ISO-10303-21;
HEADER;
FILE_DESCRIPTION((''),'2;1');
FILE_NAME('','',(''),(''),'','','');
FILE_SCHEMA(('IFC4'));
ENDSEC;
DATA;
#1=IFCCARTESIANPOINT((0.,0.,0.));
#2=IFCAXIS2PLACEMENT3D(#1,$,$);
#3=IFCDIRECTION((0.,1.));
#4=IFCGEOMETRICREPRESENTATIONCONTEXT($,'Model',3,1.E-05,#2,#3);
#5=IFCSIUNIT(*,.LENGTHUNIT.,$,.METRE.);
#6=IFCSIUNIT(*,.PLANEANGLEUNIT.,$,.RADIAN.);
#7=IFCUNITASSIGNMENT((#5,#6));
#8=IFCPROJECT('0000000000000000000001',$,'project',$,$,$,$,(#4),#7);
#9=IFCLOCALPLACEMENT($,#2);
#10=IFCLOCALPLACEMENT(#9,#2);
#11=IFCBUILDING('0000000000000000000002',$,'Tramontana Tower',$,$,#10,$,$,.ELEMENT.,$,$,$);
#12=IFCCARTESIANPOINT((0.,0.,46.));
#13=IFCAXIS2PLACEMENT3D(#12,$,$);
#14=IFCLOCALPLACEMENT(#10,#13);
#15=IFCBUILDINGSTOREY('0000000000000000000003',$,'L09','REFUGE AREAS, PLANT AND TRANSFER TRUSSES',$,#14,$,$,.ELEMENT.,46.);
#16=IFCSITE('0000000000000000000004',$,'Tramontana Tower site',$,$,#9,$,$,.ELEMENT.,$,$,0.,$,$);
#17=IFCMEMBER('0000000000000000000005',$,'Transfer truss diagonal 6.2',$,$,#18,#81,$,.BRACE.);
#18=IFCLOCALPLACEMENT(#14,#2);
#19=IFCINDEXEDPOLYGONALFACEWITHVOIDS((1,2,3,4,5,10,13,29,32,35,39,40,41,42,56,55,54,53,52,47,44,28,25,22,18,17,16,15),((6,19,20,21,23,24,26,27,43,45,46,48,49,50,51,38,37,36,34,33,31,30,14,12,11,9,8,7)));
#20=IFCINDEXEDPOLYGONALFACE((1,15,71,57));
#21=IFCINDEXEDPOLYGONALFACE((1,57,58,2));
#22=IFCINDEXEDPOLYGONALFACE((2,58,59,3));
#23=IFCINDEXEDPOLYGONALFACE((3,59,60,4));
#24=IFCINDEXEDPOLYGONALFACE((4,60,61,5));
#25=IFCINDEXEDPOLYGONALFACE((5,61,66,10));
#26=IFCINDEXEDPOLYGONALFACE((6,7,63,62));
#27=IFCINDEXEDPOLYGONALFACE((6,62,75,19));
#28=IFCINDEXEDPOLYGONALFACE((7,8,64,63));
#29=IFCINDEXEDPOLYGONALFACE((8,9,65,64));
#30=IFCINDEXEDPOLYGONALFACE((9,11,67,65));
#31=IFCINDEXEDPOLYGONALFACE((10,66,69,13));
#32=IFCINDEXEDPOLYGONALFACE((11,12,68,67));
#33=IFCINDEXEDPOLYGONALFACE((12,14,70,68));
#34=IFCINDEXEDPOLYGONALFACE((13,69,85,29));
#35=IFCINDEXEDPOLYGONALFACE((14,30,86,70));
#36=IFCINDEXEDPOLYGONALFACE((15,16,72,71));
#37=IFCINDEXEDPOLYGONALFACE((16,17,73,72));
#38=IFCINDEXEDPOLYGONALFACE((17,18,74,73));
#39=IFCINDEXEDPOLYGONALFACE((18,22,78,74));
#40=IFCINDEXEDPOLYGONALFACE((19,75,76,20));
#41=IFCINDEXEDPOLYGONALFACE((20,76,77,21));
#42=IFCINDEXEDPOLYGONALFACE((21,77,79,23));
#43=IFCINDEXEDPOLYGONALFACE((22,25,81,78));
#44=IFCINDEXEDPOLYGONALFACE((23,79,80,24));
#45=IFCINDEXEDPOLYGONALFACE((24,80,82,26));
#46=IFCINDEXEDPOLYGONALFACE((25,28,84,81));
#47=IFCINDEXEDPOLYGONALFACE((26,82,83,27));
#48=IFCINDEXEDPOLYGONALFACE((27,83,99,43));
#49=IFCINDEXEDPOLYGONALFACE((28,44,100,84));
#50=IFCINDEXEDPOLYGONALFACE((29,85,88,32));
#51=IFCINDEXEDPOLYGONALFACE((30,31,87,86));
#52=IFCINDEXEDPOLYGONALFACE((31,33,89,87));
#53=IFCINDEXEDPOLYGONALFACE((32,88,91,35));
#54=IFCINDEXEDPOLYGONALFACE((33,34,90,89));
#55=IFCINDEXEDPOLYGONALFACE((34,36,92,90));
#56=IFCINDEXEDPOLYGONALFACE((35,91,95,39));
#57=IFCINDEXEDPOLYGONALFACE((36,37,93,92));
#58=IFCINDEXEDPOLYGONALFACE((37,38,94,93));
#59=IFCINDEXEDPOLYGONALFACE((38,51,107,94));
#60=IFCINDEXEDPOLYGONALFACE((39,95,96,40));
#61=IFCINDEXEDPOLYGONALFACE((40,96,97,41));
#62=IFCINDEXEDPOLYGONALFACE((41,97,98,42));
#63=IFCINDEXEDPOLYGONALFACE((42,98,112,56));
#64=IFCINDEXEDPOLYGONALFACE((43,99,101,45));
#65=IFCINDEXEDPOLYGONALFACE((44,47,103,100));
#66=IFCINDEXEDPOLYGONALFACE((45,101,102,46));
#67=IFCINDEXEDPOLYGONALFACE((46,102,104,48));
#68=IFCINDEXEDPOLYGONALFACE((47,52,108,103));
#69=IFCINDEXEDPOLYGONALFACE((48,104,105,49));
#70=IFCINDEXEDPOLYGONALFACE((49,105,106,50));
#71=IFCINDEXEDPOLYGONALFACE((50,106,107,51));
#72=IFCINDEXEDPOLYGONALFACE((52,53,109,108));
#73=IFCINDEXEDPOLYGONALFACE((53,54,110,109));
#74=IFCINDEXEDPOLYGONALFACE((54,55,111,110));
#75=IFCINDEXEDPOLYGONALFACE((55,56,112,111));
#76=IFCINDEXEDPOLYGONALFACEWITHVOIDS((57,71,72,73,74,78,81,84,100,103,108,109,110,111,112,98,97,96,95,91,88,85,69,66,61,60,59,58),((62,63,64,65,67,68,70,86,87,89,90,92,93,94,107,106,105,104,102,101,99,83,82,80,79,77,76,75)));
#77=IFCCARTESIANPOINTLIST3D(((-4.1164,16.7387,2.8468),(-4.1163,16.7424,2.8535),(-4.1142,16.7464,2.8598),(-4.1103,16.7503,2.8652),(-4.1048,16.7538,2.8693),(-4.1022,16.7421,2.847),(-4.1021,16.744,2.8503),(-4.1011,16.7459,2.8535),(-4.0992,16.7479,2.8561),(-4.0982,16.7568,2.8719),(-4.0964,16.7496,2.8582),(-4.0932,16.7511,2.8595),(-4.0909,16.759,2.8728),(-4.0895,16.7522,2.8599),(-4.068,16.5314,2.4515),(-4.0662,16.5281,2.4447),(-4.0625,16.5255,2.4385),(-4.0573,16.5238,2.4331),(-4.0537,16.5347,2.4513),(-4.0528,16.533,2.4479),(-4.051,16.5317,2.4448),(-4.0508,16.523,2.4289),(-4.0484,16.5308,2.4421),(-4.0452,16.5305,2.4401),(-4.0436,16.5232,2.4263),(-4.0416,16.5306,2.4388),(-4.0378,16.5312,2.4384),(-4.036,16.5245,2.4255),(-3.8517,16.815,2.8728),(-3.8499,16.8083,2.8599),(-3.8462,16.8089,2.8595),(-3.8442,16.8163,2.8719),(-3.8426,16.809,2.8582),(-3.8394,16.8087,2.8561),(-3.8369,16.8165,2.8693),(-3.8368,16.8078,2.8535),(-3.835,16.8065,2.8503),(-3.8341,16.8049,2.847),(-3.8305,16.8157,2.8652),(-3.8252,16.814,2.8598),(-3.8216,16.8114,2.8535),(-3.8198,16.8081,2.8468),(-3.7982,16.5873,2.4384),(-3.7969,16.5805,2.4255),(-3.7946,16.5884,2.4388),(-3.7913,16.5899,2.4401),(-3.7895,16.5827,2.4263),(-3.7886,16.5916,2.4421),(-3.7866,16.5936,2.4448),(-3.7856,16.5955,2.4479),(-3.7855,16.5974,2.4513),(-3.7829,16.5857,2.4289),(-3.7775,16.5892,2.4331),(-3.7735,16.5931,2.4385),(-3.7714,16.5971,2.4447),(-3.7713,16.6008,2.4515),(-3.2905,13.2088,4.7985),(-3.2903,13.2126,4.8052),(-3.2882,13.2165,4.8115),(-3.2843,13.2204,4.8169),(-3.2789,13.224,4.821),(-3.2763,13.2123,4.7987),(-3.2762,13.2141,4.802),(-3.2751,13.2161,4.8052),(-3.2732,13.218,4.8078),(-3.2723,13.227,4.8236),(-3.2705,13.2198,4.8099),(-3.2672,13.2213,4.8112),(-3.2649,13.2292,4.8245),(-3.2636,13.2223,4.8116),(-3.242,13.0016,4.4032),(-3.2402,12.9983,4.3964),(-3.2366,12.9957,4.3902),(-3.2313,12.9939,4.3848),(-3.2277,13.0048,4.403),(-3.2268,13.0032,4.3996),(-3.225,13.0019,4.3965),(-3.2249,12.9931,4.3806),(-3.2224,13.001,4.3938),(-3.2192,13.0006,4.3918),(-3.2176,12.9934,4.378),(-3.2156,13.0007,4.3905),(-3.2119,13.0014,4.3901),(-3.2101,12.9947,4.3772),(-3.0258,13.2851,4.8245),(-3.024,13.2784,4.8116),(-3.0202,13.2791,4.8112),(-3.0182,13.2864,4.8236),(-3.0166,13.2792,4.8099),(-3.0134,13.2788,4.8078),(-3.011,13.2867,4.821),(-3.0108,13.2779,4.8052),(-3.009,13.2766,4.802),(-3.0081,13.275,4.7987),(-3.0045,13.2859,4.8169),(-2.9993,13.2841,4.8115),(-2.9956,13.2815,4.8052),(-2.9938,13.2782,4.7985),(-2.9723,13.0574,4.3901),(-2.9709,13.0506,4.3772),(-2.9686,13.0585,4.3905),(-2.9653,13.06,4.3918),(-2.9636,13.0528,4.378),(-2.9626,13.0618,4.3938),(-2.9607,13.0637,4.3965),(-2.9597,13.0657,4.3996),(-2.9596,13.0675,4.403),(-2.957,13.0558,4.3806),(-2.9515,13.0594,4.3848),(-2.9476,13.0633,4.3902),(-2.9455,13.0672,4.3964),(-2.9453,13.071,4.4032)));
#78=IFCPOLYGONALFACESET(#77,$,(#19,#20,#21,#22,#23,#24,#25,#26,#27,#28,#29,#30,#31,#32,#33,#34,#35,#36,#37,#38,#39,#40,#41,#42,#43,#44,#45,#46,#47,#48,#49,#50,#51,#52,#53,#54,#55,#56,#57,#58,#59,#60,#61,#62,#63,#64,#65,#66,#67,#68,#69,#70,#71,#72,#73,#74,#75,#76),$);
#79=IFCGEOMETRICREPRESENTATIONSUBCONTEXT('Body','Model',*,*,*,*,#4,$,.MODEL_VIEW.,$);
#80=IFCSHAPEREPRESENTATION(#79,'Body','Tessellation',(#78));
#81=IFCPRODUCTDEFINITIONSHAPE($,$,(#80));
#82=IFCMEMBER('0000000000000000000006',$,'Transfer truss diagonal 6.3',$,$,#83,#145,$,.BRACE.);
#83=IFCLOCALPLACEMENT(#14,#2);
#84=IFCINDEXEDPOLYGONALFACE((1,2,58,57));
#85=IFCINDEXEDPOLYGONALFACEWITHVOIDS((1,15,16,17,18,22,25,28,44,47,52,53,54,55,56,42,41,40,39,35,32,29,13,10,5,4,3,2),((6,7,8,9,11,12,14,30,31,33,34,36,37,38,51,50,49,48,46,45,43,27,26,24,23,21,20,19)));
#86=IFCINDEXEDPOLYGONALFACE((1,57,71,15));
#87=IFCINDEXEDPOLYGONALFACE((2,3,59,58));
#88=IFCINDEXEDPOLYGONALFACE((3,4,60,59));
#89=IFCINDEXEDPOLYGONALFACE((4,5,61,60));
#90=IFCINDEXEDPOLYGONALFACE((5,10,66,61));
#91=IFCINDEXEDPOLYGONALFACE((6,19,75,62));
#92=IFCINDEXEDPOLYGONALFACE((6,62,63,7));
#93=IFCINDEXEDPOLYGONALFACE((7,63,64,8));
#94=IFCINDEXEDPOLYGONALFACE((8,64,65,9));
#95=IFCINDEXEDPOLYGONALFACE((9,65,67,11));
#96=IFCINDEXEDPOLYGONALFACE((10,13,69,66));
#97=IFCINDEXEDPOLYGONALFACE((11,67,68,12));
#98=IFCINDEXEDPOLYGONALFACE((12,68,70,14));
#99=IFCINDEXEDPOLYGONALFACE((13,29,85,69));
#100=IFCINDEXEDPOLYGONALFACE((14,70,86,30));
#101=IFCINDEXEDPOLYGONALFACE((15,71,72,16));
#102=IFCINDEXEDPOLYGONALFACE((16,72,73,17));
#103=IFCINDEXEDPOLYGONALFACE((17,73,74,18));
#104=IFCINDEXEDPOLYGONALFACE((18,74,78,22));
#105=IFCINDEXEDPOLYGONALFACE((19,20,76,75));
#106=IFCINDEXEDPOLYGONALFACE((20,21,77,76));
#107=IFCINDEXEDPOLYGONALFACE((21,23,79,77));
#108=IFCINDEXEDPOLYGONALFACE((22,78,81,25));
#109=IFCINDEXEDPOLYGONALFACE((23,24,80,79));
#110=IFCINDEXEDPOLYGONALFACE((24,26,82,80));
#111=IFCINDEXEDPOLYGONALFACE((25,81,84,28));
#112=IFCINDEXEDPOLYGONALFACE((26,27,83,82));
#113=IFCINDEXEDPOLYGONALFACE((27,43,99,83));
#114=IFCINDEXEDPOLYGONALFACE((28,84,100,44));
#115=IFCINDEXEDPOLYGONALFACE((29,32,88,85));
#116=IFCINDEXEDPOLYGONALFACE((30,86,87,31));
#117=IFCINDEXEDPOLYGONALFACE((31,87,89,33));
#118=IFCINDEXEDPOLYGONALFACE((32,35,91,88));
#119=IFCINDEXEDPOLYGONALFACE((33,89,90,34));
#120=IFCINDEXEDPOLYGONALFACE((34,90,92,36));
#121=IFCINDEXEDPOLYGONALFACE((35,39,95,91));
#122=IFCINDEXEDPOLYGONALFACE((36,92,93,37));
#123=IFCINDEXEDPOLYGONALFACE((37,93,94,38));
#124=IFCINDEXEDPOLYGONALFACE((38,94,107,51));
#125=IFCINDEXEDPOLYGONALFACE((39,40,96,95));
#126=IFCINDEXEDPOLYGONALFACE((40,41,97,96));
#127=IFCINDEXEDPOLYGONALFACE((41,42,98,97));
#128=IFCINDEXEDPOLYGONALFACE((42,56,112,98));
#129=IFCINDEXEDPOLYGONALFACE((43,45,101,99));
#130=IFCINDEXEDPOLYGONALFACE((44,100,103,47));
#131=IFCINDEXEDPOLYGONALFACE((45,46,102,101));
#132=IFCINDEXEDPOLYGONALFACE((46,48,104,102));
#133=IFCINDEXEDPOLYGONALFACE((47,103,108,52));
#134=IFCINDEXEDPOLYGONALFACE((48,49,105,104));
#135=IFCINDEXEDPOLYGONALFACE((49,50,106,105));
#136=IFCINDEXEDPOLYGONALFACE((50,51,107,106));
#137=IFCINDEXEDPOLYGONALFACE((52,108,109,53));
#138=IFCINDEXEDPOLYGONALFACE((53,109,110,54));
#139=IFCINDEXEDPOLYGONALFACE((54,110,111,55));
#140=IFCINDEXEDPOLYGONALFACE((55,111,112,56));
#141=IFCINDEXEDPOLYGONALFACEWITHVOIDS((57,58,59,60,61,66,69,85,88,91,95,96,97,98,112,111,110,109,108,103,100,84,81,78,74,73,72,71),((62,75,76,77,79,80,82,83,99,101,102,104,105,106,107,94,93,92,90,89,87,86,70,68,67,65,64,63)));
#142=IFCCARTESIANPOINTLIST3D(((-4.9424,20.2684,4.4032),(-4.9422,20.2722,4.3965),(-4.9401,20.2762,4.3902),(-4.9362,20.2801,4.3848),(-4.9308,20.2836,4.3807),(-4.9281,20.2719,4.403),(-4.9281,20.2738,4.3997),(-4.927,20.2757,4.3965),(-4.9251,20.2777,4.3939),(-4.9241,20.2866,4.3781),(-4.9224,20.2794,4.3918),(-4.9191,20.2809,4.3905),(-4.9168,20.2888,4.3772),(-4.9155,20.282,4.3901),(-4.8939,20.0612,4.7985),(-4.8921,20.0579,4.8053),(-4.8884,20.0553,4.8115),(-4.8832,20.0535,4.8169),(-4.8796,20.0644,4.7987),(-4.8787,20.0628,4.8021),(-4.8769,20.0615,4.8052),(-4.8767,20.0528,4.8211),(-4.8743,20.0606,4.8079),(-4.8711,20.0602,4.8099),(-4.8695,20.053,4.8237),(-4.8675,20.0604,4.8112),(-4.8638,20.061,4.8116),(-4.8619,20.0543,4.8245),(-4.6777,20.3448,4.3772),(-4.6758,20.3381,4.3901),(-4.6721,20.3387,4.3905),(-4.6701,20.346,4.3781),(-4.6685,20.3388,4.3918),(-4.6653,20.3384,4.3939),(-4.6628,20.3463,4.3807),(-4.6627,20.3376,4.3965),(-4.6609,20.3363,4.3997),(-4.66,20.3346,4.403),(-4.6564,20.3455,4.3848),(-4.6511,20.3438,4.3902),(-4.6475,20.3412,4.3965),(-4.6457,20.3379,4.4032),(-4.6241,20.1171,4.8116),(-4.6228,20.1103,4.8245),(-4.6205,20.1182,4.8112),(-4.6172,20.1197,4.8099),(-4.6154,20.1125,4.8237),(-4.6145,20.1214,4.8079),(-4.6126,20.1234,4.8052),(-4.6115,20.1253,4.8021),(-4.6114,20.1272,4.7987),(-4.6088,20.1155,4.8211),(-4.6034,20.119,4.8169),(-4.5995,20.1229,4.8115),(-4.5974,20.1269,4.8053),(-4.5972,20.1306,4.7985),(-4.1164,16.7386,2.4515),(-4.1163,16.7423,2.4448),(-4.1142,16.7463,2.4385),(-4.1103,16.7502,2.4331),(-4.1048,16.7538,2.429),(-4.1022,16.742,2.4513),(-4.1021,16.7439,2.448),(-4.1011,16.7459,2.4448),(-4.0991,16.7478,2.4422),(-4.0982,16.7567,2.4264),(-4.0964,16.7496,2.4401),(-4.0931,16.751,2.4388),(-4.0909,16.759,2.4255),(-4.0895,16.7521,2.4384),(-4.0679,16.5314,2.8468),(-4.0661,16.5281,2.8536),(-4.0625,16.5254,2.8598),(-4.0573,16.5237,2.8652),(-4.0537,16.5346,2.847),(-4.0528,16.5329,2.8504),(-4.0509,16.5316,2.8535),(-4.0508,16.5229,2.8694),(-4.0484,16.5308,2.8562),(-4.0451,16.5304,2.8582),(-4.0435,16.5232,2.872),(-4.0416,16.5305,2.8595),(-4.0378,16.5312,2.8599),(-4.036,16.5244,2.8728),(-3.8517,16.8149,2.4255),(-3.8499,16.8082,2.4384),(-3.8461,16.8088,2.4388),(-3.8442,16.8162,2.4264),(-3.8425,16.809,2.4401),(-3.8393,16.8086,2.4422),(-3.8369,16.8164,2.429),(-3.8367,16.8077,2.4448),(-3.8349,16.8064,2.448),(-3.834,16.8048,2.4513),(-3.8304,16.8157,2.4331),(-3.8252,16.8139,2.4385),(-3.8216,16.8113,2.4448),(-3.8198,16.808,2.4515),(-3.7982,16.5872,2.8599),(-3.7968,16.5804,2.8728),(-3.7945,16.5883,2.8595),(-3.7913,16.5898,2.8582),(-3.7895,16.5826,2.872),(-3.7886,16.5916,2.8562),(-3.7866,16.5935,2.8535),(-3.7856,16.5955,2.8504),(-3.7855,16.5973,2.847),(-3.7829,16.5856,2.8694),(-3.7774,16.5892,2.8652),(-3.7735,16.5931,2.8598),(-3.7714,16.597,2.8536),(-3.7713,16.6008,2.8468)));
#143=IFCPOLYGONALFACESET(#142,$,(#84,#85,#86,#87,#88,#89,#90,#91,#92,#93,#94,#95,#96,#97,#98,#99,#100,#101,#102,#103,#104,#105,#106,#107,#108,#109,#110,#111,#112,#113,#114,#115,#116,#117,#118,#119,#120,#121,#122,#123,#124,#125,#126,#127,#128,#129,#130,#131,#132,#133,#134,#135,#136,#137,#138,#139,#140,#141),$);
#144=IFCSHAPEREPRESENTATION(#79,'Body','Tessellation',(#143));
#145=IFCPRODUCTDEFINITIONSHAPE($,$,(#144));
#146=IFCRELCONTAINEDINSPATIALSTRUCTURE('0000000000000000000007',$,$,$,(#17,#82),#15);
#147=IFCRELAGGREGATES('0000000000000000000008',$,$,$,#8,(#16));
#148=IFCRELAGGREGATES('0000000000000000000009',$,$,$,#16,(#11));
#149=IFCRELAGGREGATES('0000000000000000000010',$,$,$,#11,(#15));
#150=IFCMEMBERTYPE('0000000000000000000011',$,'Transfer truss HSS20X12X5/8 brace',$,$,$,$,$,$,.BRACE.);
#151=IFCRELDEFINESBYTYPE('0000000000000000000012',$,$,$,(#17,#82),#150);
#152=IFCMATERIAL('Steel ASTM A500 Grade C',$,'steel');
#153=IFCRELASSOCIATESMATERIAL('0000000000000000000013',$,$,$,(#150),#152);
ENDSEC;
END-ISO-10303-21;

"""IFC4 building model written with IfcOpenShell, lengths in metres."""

from ifc_helpers import new_model, si_unit, direction, frame, origin, origin_2d, place, context, subcontext, project, spatial, hollow_rectangle, extrude, material, material_profile, profile_set, type_object, element, save


model = new_model("IFC4")

# Units and contexts
model_context = context("Model", 3, precision=1e-05, world=origin(), true_north=direction((0.0, 1.0)))
body_context = subcontext(model_context, "Body", "Model", "MODEL_VIEW")
ifc_project = project(units=[si_unit("LENGTHUNIT", "METRE"), si_unit("PLANEANGLEUNIT", "RADIAN")], contexts=[model_context])

# Site, building, storey
site_placement = place(None, origin())
site = spatial("IfcSite", under=ifc_project, at=site_placement, Name="Tramontana Tower site", CompositionType="ELEMENT", RefElevation=0.0)
building_placement = place(site_placement, origin())
building = spatial("IfcBuilding", under=site, at=building_placement, Name="Tramontana Tower", CompositionType="ELEMENT")
storey_placement = place(building_placement, frame((0.0, 0.0, 46.0)))
storey = spatial("IfcBuildingStorey", under=building, at=storey_placement, Name="L09", Description="REFUGE AREAS, PLANT AND TRANSFER TRUSSES", CompositionType="ELEMENT", Elevation=46.0)

# Members
ifc_material_1 = material(Name="Steel ASTM A500 Grade C", Category="steel")
ifc_material_profile_1 = material_profile(ifc_material_1, hollow_rectangle(XDim=0.3047, YDim=0.5081, WallThickness=0.0146, InnerFilletRadius=0.0146, OuterFilletRadius=0.0295, at=origin_2d()), Name="HSS20X12X5/8")
ifc_profile_set_1 = profile_set([ifc_material_profile_1], Name="Steel ASTM A500 Grade C")
member_type_1 = type_object("IfcMemberType", Name="Transfer truss HSS20X12X5/8 brace", PredefinedType="BRACE", material=ifc_profile_set_1)
for number, where, z_axis, x_axis, name in (
    (1, (-3.1179, 13.1399, 4.6008), (-0.200609, 0.857347, -0.474038), (-0.9737, -0.227834, 0.0), "Transfer truss diagonal 6.2"),
    (2, (-3.9438, 16.6697, 2.6492), (-0.200609, 0.857347, 0.474038), (-0.9737, -0.227834, 0.0), "Transfer truss diagonal 6.3"),
):
    element("IfcMember", number, at=place(storey_placement, frame(where, z_axis=z_axis, x_axis=x_axis)), inside=storey, type_object=member_type_1, Name=name, PredefinedType="BRACE", context=body_context, shape_type="SweptSolid", body=[
        extrude(hollow_rectangle(XDim=0.3047, YDim=0.5081, WallThickness=0.0146, InnerFilletRadius=0.0146, OuterFilletRadius=0.0295, at=origin_2d()), origin(), (0.0, 0.0, 1.0), 4.1172),
    ])

save(model, "model.ifc")
